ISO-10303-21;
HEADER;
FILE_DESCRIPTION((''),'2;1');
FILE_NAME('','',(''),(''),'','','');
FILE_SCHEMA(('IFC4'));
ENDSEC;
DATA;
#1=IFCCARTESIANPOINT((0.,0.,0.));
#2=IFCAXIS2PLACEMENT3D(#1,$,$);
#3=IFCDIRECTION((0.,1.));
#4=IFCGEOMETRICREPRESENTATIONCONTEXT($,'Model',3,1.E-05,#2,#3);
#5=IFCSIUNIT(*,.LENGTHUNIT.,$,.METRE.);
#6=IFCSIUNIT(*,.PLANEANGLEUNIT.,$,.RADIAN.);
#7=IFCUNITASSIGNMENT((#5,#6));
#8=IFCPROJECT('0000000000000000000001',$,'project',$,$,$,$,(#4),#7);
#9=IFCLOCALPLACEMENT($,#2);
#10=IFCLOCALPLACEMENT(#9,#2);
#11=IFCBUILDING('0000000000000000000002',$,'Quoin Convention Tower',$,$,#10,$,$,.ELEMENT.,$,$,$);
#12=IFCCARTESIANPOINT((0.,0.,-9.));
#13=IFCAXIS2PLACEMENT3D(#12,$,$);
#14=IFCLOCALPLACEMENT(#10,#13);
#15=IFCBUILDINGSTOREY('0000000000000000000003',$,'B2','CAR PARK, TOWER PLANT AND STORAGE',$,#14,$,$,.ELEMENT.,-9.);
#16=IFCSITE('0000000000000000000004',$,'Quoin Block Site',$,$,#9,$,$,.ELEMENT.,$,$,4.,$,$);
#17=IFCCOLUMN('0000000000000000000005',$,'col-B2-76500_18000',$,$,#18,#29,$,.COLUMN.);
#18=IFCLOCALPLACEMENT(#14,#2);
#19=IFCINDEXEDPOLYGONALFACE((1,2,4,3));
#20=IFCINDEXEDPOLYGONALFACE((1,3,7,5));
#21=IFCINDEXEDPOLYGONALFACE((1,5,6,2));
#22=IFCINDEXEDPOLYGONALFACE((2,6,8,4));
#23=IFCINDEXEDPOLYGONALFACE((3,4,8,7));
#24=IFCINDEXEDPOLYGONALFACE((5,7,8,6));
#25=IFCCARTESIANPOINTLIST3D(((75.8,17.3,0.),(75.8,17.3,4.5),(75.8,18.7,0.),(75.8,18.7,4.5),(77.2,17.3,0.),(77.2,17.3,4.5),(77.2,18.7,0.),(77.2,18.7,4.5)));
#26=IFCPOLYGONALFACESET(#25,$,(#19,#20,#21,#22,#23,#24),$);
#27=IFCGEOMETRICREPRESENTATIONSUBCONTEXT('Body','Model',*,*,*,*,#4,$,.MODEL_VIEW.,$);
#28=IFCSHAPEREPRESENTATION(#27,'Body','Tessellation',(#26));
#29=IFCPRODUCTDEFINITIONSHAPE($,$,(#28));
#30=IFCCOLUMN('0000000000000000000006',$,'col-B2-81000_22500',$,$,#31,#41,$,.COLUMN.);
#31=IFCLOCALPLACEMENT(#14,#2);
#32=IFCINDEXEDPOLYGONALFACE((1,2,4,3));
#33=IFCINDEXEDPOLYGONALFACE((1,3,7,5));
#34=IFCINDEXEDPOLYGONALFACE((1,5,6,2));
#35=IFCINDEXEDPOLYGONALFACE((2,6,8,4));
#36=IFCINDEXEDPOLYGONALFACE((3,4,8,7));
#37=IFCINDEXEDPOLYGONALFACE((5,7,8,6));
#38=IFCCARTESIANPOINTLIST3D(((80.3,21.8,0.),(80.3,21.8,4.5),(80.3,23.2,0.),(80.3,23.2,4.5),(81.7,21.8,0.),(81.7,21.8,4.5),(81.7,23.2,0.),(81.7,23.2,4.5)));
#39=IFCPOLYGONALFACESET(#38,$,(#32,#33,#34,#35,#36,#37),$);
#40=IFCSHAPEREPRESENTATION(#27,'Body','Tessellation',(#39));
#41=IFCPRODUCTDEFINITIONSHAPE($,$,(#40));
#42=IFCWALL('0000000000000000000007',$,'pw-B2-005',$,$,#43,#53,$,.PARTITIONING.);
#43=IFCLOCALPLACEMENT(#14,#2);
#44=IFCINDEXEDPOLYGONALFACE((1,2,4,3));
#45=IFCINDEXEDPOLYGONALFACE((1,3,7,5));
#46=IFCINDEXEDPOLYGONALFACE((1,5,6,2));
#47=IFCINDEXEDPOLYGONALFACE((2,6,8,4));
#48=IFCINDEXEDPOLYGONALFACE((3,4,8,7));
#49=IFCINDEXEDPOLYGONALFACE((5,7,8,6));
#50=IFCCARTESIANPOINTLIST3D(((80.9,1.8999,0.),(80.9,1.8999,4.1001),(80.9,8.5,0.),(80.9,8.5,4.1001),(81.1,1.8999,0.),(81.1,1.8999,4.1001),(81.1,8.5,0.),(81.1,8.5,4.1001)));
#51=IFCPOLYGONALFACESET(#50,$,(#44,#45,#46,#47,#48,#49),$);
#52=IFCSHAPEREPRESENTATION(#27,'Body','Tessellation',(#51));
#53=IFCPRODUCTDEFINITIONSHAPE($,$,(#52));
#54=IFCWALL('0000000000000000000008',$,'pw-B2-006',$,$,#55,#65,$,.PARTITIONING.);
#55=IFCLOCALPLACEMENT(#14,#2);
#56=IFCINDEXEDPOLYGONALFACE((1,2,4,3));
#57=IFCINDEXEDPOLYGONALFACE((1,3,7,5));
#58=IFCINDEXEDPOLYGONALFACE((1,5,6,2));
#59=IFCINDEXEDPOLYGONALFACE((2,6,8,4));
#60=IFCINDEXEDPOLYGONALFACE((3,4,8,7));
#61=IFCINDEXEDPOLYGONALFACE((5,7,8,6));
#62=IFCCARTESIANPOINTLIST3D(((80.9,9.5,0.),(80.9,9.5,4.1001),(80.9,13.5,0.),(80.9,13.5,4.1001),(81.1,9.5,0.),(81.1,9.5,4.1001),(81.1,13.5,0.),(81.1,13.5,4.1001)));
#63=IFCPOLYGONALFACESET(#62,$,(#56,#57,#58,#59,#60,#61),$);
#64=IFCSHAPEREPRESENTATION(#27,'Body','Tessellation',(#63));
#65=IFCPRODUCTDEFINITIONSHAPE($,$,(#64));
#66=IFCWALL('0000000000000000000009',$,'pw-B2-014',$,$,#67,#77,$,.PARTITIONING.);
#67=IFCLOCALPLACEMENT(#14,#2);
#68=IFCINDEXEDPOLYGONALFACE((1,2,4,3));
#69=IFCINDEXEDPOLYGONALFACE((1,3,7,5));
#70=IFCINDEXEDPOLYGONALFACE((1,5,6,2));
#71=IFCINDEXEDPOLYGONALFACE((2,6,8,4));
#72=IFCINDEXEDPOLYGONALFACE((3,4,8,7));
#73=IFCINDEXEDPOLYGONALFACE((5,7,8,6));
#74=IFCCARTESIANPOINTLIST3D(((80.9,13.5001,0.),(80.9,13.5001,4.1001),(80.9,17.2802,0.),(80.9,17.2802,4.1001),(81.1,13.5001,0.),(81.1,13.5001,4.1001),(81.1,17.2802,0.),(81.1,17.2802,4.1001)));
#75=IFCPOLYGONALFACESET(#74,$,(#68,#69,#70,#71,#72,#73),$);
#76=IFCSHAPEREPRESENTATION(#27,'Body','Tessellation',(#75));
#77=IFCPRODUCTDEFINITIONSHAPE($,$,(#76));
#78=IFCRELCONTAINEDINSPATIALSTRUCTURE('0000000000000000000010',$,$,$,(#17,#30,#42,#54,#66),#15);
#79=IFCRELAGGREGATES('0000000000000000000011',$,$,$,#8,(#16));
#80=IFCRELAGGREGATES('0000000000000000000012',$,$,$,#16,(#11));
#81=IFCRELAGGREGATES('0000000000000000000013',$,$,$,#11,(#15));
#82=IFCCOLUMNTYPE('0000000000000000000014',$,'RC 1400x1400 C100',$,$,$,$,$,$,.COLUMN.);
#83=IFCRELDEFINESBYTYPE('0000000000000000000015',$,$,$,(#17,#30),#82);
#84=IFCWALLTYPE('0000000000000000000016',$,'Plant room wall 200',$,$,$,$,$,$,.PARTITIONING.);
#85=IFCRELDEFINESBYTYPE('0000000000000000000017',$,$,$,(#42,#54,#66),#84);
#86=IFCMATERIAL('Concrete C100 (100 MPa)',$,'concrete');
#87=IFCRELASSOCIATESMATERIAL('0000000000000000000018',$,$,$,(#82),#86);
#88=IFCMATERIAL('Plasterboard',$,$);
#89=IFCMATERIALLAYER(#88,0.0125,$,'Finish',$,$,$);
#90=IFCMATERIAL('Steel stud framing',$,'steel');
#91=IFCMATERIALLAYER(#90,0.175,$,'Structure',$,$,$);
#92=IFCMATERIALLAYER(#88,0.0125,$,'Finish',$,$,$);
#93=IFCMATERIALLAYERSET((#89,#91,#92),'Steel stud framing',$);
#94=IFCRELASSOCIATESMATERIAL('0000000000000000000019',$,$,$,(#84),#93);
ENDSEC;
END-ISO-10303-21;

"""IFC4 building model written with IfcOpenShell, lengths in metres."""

from ifc_helpers import new_model, si_unit, direction, frame, frame_2d, origin, origin_2d, place, context, subcontext, project, spatial, rectangle, extrude, material, layer, layer_set, material_profile, profile_set, type_object, element, save


model = new_model("IFC4")

# Units and contexts
model_context = context("Model", 3, precision=1e-05, world=origin(), true_north=direction((0.0, 1.0)))
body_context = subcontext(model_context, "Body", "Model", "MODEL_VIEW")
ifc_project = project(units=[si_unit("LENGTHUNIT", "METRE"), si_unit("PLANEANGLEUNIT", "RADIAN")], contexts=[model_context])

# Site, building, storey
site_placement = place(None, origin())
site = spatial("IfcSite", under=ifc_project, at=site_placement, Name="Quoin Block Site", CompositionType="ELEMENT", RefElevation=4.0)
building_placement = place(site_placement, origin())
building = spatial("IfcBuilding", under=site, at=building_placement, Name="Quoin Convention Tower", CompositionType="ELEMENT")
storey_placement = place(building_placement, frame((0.0, 0.0, -9.0)))
storey = spatial("IfcBuildingStorey", under=building, at=storey_placement, Name="B2", Description="CAR PARK, TOWER PLANT AND STORAGE", CompositionType="ELEMENT", Elevation=-9.0)

# Columns
ifc_material_1 = material(Name="Concrete C100 (100 MPa)", Category="concrete")
ifc_material_profile_1 = material_profile(ifc_material_1, rectangle(XDim=1.3999, YDim=1.3999, at=origin_2d()), Name="RC 1400x1400")
ifc_profile_set_1 = profile_set([ifc_material_profile_1], Name="Concrete C100 (100 MPa)")
column_type_1 = type_object("IfcColumnType", Name="RC 1400x1400 C100", PredefinedType="COLUMN", material=ifc_profile_set_1)
for number, where, z_axis, x_axis, name in (
    (1, (76.5, 18.0, 0.0), (0.0, 0.0, 1.0), (1.0, 0.0, 0.0), "col-B2-76500_18000"),
    (2, (81.0, 22.5, 0.0), (0.0, 0.0, 1.0), (1.0, 0.0, 0.0), "col-B2-81000_22500"),
):
    element("IfcColumn", number, at=place(storey_placement, frame(where, z_axis=z_axis, x_axis=x_axis)), inside=storey, type_object=column_type_1, Name=name, PredefinedType="COLUMN", context=body_context, shape_type="SweptSolid", body=[
        extrude(rectangle(XDim=1.3999, YDim=1.3999, at=origin_2d()), origin(), (0.0, 0.0, 1.0), 4.5),
    ])

# Walls
ifc_material_2 = material(Name="Plasterboard")
ifc_layer_1 = layer(ifc_material_2, 0.0125, Name="Finish")
ifc_material_3 = material(Name="Steel stud framing", Category="steel")
ifc_layer_2 = layer(ifc_material_3, 0.175, Name="Structure")
ifc_layer_3 = layer(ifc_material_2, 0.0125, Name="Finish")
ifc_layer_set = layer_set([ifc_layer_1, ifc_layer_2, ifc_layer_3], Name="Steel stud framing")
wall_type = type_object("IfcWallType", Name="Plant room wall 200", PredefinedType="PARTITIONING", material=ifc_layer_set)
wall_1_placement = place(storey_placement, frame((81.0, 1.8999, 0.0), z_axis=(0.0, 0.0, 1.0), x_axis=(0.0, 1.0, 0.0)))
element("IfcWall", 3, at=wall_1_placement, inside=storey, type_object=wall_type, Name="pw-B2-005", PredefinedType="PARTITIONING", context=body_context, shape_type="SweptSolid", body=[
    extrude(rectangle(XDim=6.6001, YDim=0.2, at=frame_2d((3.3, 0.0))), origin(), (0.0, 0.0, 1.0), 4.1001),
])
wall_2_placement = place(storey_placement, frame((81.0, 9.5, 0.0), z_axis=(0.0, 0.0, 1.0), x_axis=(0.0, 1.0, 0.0)))
element("IfcWall", 4, at=wall_2_placement, inside=storey, type_object=wall_type, Name="pw-B2-006", PredefinedType="PARTITIONING", context=body_context, shape_type="SweptSolid", body=[
    extrude(rectangle(XDim=4.0, YDim=0.2, at=frame_2d((2.0, 0.0))), origin(), (0.0, 0.0, 1.0), 4.1001),
])
wall_3_placement = place(storey_placement, frame((81.0, 13.5, 0.0), z_axis=(0.0, 0.0, 1.0), x_axis=(0.0, 1.0, 0.0)))
element("IfcWall", 5, at=wall_3_placement, inside=storey, type_object=wall_type, Name="pw-B2-014", PredefinedType="PARTITIONING", context=body_context, shape_type="SweptSolid", body=[
    extrude(rectangle(XDim=3.78, YDim=0.2, at=frame_2d((1.8901, 0.0))), origin(), (0.0, 0.0, 1.0), 4.1001),
])

save(model, "model.ifc")
